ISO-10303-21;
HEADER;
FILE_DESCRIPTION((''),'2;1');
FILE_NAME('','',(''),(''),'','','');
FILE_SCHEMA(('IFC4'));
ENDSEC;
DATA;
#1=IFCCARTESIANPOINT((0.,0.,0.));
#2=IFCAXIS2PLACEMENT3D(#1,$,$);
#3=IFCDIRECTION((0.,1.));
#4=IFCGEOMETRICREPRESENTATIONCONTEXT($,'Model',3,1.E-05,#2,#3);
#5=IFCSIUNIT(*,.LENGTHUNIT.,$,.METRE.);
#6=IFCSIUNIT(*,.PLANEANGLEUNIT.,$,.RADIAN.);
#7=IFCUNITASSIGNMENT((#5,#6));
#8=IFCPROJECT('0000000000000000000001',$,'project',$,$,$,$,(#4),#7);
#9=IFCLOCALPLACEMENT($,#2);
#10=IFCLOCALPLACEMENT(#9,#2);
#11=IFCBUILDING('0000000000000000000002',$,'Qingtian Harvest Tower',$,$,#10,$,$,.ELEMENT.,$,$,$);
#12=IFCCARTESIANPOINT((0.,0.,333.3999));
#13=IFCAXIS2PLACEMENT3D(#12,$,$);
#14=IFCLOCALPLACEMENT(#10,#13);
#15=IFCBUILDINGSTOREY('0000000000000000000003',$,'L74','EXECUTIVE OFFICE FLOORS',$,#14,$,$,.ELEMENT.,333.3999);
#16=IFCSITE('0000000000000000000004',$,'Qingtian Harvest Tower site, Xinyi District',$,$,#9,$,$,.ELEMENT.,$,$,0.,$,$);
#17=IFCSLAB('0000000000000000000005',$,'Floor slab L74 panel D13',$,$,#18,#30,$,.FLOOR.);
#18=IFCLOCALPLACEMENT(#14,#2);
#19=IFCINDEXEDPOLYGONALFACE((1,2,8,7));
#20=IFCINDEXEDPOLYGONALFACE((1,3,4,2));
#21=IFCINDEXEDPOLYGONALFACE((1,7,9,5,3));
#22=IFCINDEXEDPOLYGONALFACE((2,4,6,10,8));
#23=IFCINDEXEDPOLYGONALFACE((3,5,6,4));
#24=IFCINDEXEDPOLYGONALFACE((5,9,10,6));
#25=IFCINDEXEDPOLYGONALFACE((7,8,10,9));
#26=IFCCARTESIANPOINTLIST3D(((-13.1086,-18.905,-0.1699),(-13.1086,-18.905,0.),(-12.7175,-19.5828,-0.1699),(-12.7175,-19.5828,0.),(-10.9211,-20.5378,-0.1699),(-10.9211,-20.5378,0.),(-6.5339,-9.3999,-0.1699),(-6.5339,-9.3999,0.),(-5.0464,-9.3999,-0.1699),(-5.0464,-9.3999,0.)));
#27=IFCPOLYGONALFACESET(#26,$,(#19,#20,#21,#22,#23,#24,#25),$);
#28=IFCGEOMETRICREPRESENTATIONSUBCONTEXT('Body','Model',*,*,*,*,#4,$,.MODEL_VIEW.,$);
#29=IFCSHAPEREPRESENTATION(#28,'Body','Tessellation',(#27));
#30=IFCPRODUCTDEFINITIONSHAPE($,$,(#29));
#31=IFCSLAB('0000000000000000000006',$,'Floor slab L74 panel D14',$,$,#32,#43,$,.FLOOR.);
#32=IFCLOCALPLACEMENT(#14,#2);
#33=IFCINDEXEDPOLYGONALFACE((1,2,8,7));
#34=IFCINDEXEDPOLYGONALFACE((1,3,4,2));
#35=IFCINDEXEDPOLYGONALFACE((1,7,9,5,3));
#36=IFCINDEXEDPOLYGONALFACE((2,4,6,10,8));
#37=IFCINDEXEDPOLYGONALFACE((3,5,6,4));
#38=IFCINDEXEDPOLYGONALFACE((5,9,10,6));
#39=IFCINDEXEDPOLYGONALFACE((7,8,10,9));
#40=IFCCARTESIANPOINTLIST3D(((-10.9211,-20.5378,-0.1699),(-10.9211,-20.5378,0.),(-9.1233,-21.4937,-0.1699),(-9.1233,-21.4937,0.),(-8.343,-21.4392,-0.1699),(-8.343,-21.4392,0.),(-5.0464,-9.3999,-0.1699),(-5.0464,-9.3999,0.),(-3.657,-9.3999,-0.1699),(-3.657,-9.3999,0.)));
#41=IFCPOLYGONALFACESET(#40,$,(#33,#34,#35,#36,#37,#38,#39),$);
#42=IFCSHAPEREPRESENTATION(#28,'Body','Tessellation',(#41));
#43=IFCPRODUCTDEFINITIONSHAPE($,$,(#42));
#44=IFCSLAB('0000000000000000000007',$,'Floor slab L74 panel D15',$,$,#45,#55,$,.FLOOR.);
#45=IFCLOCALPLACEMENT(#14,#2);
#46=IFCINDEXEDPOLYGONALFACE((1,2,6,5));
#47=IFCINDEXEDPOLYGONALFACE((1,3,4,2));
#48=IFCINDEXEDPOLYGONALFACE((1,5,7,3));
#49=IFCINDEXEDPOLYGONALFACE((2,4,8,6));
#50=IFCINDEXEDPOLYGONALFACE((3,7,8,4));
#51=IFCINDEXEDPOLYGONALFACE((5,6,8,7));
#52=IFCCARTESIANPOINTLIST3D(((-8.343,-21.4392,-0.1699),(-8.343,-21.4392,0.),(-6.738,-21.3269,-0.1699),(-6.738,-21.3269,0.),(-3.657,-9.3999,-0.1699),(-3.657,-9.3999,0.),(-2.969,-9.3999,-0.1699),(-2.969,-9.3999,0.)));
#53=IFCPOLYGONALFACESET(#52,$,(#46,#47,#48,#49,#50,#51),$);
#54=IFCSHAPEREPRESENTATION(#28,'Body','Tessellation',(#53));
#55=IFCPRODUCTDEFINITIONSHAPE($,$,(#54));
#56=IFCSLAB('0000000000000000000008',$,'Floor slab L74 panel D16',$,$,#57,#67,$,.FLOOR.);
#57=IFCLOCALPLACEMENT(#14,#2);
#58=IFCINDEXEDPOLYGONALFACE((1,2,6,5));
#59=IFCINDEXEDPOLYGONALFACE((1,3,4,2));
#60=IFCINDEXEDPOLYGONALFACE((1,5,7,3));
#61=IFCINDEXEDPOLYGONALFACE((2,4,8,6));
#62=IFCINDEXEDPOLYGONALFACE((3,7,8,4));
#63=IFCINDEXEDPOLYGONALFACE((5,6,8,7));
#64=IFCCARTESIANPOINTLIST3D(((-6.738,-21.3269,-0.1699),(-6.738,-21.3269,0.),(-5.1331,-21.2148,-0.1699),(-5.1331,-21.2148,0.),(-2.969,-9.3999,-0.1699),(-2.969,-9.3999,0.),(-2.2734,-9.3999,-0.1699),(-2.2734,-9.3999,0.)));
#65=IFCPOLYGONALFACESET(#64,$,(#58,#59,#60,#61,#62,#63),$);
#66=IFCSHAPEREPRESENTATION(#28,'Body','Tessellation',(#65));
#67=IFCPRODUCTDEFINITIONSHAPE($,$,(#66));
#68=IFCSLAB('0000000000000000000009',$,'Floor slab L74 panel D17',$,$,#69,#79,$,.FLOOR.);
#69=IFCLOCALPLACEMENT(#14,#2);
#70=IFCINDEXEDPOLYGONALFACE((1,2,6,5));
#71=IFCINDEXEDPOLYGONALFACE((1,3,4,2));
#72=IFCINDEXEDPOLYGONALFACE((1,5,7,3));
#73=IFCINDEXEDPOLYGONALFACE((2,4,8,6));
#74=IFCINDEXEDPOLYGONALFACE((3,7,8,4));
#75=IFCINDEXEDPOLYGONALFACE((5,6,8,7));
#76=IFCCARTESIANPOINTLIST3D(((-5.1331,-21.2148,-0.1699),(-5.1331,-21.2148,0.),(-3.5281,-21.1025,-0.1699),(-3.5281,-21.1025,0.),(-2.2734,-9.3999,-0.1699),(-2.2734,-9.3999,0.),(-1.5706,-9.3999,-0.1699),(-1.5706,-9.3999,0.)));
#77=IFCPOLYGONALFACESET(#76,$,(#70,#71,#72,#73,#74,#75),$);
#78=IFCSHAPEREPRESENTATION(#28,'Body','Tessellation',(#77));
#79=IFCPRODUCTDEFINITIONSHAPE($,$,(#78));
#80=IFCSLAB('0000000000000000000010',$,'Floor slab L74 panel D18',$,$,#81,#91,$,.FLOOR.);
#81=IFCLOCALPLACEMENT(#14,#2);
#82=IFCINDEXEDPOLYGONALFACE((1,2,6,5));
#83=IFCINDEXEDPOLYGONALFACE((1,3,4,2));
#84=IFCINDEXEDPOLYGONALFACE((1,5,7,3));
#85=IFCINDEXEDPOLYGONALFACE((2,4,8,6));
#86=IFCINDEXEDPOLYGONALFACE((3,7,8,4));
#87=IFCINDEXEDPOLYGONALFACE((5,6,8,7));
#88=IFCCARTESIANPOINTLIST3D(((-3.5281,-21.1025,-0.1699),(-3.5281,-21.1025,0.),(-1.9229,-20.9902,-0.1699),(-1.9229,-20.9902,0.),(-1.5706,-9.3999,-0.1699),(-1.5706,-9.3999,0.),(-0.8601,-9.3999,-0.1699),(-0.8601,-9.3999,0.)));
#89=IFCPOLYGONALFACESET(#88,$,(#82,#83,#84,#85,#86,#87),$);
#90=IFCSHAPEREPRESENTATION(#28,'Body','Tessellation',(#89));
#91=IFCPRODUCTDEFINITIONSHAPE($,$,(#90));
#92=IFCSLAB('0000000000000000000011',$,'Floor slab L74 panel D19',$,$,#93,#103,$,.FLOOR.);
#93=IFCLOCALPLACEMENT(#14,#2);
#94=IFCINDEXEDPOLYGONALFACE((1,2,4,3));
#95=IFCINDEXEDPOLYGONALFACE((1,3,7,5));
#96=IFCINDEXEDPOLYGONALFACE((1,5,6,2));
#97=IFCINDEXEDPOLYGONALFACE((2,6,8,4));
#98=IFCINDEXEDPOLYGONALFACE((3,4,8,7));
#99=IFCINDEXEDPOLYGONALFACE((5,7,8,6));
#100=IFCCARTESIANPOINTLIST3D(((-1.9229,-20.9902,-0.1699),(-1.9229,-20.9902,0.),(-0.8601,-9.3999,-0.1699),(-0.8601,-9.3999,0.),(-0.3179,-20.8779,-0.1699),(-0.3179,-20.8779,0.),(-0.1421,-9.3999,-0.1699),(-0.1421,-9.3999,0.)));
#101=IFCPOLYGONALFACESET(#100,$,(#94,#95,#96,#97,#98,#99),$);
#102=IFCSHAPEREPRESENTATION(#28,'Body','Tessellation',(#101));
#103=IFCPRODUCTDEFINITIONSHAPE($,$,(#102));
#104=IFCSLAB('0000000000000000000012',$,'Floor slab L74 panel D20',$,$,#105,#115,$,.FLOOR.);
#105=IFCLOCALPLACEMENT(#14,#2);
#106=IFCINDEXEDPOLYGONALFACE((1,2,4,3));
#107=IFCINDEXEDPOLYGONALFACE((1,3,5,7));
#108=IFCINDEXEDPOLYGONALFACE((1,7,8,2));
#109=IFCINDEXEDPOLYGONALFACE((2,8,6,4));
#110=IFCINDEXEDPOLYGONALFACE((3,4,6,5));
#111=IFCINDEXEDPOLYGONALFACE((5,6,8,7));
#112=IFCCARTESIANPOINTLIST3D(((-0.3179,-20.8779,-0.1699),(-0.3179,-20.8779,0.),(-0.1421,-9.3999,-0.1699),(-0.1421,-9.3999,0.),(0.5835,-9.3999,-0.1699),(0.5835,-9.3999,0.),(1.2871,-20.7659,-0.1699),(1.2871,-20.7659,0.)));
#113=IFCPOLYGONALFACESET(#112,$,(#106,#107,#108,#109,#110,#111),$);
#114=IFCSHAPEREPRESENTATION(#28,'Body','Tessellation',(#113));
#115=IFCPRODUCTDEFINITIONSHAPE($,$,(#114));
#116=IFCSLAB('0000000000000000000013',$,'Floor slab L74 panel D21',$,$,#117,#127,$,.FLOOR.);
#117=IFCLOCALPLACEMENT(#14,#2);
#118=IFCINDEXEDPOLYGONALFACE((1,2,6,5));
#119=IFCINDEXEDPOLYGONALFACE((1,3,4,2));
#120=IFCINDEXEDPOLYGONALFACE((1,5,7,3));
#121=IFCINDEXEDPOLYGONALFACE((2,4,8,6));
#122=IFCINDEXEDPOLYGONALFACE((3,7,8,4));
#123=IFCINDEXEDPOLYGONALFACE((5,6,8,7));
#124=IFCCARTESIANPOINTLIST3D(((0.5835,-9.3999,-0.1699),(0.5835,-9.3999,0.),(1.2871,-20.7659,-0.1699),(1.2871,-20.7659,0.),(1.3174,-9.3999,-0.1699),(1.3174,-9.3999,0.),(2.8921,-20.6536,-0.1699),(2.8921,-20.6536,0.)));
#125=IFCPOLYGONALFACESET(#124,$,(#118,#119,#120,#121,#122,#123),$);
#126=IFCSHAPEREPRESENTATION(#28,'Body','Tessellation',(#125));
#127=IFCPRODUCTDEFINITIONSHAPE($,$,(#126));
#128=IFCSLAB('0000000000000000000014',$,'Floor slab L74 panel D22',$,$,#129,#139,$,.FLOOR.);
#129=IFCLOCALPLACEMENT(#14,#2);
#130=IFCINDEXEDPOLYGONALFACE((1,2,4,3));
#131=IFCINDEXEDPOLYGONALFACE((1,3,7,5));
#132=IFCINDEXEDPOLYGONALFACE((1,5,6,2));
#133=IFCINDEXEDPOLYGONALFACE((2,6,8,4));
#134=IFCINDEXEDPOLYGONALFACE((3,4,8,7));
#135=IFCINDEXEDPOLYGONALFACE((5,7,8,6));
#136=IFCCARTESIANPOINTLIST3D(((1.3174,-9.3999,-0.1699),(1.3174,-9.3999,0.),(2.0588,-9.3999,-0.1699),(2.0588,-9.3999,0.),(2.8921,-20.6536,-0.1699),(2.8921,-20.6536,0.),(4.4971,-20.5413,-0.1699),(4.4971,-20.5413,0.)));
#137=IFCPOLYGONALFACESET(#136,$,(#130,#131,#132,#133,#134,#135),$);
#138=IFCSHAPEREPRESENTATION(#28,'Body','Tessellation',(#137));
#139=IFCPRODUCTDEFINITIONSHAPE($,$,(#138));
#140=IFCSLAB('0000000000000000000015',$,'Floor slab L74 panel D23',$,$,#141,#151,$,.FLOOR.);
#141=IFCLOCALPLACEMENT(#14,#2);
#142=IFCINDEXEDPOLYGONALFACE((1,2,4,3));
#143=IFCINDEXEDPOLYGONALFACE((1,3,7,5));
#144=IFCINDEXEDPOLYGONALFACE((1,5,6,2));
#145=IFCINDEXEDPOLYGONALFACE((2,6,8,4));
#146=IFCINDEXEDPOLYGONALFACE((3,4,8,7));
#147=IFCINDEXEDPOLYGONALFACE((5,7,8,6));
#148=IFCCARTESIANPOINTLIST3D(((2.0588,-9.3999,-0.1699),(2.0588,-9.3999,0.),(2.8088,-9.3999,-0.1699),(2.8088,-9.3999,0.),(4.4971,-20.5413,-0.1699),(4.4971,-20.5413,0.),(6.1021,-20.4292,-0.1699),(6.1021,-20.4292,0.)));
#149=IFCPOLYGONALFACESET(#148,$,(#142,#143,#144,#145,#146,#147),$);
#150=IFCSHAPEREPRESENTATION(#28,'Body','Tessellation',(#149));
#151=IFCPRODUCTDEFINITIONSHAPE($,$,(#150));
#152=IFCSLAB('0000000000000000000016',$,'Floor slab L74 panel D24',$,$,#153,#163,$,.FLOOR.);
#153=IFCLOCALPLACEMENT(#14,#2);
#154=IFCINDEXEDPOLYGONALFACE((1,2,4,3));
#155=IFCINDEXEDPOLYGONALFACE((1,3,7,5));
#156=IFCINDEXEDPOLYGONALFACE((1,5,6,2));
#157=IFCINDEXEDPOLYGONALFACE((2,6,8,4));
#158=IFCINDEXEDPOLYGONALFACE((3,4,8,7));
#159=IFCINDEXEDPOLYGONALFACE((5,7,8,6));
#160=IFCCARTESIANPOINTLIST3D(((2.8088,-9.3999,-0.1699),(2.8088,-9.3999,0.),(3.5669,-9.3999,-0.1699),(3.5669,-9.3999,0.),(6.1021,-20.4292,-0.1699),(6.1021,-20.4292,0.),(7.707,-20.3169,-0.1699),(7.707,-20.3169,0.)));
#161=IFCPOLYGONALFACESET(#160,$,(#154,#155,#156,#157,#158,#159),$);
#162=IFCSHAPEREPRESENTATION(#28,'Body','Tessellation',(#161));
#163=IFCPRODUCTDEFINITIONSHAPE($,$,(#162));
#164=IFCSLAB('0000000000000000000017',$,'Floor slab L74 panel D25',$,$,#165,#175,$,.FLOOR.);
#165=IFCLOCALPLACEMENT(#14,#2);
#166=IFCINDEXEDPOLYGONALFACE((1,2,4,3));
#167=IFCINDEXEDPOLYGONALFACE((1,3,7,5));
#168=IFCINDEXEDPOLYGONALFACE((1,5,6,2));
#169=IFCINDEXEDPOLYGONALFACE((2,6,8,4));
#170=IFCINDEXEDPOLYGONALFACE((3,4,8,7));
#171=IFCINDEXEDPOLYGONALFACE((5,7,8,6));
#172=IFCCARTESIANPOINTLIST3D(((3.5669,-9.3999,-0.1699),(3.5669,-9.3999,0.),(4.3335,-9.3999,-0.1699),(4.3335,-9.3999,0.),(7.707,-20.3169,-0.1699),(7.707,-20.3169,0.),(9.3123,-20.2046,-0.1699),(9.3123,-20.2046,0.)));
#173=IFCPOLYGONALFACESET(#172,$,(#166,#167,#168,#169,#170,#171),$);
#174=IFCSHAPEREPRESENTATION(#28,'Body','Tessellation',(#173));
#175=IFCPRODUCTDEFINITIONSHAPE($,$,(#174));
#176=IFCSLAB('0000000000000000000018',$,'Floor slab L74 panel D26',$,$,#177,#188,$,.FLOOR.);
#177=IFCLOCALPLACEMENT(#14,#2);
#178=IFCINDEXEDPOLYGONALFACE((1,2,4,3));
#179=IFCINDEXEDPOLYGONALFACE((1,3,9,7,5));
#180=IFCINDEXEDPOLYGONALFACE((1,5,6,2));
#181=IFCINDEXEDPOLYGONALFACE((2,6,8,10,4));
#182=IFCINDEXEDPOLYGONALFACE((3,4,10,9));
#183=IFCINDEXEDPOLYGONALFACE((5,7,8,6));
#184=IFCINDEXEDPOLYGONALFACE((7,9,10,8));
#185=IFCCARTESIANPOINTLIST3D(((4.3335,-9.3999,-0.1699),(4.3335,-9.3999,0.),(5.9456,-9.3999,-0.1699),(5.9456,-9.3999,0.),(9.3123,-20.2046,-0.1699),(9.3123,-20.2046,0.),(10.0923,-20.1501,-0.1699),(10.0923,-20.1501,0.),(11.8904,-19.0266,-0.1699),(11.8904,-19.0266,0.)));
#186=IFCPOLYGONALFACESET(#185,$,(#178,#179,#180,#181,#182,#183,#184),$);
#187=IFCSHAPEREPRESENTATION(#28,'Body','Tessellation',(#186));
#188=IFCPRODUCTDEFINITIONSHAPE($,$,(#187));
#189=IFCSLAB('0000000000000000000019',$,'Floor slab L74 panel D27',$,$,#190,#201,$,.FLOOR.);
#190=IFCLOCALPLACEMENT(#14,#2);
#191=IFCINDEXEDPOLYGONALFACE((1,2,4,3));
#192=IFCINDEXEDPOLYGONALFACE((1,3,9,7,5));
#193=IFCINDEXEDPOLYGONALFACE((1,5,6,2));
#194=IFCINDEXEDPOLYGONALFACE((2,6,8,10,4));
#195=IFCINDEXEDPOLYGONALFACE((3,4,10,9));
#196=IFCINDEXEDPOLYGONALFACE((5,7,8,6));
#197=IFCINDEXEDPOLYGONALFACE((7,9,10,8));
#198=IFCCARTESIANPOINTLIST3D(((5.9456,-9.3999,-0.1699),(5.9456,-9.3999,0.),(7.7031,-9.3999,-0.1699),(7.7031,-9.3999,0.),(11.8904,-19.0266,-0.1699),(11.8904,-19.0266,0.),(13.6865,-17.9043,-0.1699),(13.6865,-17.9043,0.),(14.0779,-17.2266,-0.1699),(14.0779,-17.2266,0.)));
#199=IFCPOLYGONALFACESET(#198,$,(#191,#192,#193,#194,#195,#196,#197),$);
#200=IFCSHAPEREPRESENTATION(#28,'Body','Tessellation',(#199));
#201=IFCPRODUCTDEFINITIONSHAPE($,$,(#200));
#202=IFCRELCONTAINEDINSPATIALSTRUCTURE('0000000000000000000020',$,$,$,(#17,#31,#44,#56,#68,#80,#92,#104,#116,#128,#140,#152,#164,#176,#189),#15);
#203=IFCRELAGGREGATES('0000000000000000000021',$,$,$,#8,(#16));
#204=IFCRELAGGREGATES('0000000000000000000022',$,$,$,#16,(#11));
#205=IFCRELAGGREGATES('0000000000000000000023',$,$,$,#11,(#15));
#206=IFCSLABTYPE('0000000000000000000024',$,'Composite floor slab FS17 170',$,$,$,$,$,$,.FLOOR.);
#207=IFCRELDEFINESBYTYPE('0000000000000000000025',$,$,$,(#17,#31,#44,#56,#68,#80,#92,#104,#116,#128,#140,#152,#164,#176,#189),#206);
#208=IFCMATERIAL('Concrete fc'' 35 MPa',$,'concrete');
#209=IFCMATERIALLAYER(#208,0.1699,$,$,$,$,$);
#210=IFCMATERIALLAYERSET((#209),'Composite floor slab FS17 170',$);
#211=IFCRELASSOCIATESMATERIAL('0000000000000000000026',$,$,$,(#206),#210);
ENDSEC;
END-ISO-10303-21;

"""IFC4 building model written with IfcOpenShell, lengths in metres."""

from ifc_helpers import new_model, si_unit, direction, frame, origin, place, context, subcontext, project, spatial, polyline, outline, extrude, material, layer, layer_set, type_object, element, save


model = new_model("IFC4")

# Units and contexts
model_context = context("Model", 3, precision=1e-05, world=origin(), true_north=direction((0.0, 1.0)))
body_context = subcontext(model_context, "Body", "Model", "MODEL_VIEW")
ifc_project = project(units=[si_unit("LENGTHUNIT", "METRE"), si_unit("PLANEANGLEUNIT", "RADIAN")], contexts=[model_context])

# Site, building, storey
site_placement = place(None, origin())
site = spatial("IfcSite", under=ifc_project, at=site_placement, Name="Qingtian Harvest Tower site, Xinyi District", CompositionType="ELEMENT", RefElevation=0.0)
building_placement = place(site_placement, origin())
building = spatial("IfcBuilding", under=site, at=building_placement, Name="Qingtian Harvest Tower", CompositionType="ELEMENT")
storey_placement = place(building_placement, frame((0.0, 0.0, 333.3999)))
storey = spatial("IfcBuildingStorey", under=building, at=storey_placement, Name="L74", Description="EXECUTIVE OFFICE FLOORS", CompositionType="ELEMENT", Elevation=333.3999)

# Slabs
ifc_material_1 = material(Name="Concrete fc' 35 MPa", Category="concrete")
ifc_layer_1 = layer(ifc_material_1, 0.1699)
ifc_layer_set_1 = layer_set([ifc_layer_1], Name="Composite floor slab FS17 170")
slab_type = type_object("IfcSlabType", Name="Composite floor slab FS17 170", PredefinedType="FLOOR", material=ifc_layer_set_1)
slab_1_placement = place(storey_placement, frame((0.0, 0.0, -0.1699)))
element("IfcSlab", 1, at=slab_1_placement, inside=storey, type_object=slab_type, Name="Floor slab L74 panel D13", PredefinedType="FLOOR", context=body_context, shape_type="SweptSolid", body=[
    extrude(outline(polyline([(-6.5339, -9.3999), (-5.0464, -9.3999), (-10.9211, -20.5378), (-12.7175, -19.5828), (-13.1086, -18.905), (-6.5339, -9.3999)])), origin(), (0.0, 0.0, 1.0), 0.1699),
])
slab_2_placement = place(storey_placement, frame((0.0, 0.0, -0.1699)))
element("IfcSlab", 2, at=slab_2_placement, inside=storey, type_object=slab_type, Name="Floor slab L74 panel D14", PredefinedType="FLOOR", context=body_context, shape_type="SweptSolid", body=[
    extrude(outline(polyline([(-5.0464, -9.3999), (-3.657, -9.3999), (-8.343, -21.4392), (-9.1233, -21.4937), (-10.9211, -20.5378), (-5.0464, -9.3999)])), origin(), (0.0, 0.0, 1.0), 0.1699),
])
slab_3_placement = place(storey_placement, frame((0.0, 0.0, -0.1699)))
element("IfcSlab", 3, at=slab_3_placement, inside=storey, type_object=slab_type, Name="Floor slab L74 panel D15", PredefinedType="FLOOR", context=body_context, shape_type="SweptSolid", body=[
    extrude(outline(polyline([(-2.969, -9.3999), (-6.738, -21.3269), (-8.343, -21.4392), (-3.657, -9.3999), (-2.969, -9.3999)])), origin(), (0.0, 0.0, 1.0), 0.1699),
])
slab_4_placement = place(storey_placement, frame((0.0, 0.0, -0.1699)))
element("IfcSlab", 4, at=slab_4_placement, inside=storey, type_object=slab_type, Name="Floor slab L74 panel D16", PredefinedType="FLOOR", context=body_context, shape_type="SweptSolid", body=[
    extrude(outline(polyline([(-2.2734, -9.3999), (-5.1331, -21.2148), (-6.738, -21.3269), (-2.969, -9.3999), (-2.2734, -9.3999)])), origin(), (0.0, 0.0, 1.0), 0.1699),
])
slab_5_placement = place(storey_placement, frame((0.0, 0.0, -0.1699)))
element("IfcSlab", 5, at=slab_5_placement, inside=storey, type_object=slab_type, Name="Floor slab L74 panel D17", PredefinedType="FLOOR", context=body_context, shape_type="SweptSolid", body=[
    extrude(outline(polyline([(-1.5706, -9.3999), (-3.5281, -21.1025), (-5.1331, -21.2148), (-2.2734, -9.3999), (-1.5706, -9.3999)])), origin(), (0.0, 0.0, 1.0), 0.1699),
])
slab_6_placement = place(storey_placement, frame((0.0, 0.0, -0.1699)))
element("IfcSlab", 6, at=slab_6_placement, inside=storey, type_object=slab_type, Name="Floor slab L74 panel D18", PredefinedType="FLOOR", context=body_context, shape_type="SweptSolid", body=[
    extrude(outline(polyline([(-0.8601, -9.3999), (-1.9229, -20.9902), (-3.5281, -21.1025), (-1.5706, -9.3999), (-0.8601, -9.3999)])), origin(), (0.0, 0.0, 1.0), 0.1699),
])
slab_7_placement = place(storey_placement, frame((0.0, 0.0, -0.1699)))
element("IfcSlab", 7, at=slab_7_placement, inside=storey, type_object=slab_type, Name="Floor slab L74 panel D19", PredefinedType="FLOOR", context=body_context, shape_type="SweptSolid", body=[
    extrude(outline(polyline([(-0.1421, -9.3999), (-0.3179, -20.8779), (-1.9229, -20.9902), (-0.8601, -9.3999), (-0.1421, -9.3999)])), origin(), (0.0, 0.0, 1.0), 0.1699),
])
slab_8_placement = place(storey_placement, frame((0.0, 0.0, -0.1699)))
element("IfcSlab", 8, at=slab_8_placement, inside=storey, type_object=slab_type, Name="Floor slab L74 panel D20", PredefinedType="FLOOR", context=body_context, shape_type="SweptSolid", body=[
    extrude(outline(polyline([(0.5835, -9.3999), (1.2871, -20.7659), (-0.3179, -20.8779), (-0.1421, -9.3999), (0.5835, -9.3999)])), origin(), (0.0, 0.0, 1.0), 0.1699),
])
slab_9_placement = place(storey_placement, frame((0.0, 0.0, -0.1699)))
element("IfcSlab", 9, at=slab_9_placement, inside=storey, type_object=slab_type, Name="Floor slab L74 panel D21", PredefinedType="FLOOR", context=body_context, shape_type="SweptSolid", body=[
    extrude(outline(polyline([(1.3174, -9.3999), (2.8921, -20.6536), (1.2871, -20.7659), (0.5835, -9.3999), (1.3174, -9.3999)])), origin(), (0.0, 0.0, 1.0), 0.1699),
])
slab_10_placement = place(storey_placement, frame((0.0, 0.0, -0.1699)))
element("IfcSlab", 10, at=slab_10_placement, inside=storey, type_object=slab_type, Name="Floor slab L74 panel D22", PredefinedType="FLOOR", context=body_context, shape_type="SweptSolid", body=[
    extrude(outline(polyline([(2.0588, -9.3999), (4.4971, -20.5413), (2.8921, -20.6536), (1.3174, -9.3999), (2.0588, -9.3999)])), origin(), (0.0, 0.0, 1.0), 0.1699),
])
slab_11_placement = place(storey_placement, frame((0.0, 0.0, -0.1699)))
element("IfcSlab", 11, at=slab_11_placement, inside=storey, type_object=slab_type, Name="Floor slab L74 panel D23", PredefinedType="FLOOR", context=body_context, shape_type="SweptSolid", body=[
    extrude(outline(polyline([(2.8088, -9.3999), (6.1021, -20.4292), (4.4971, -20.5413), (2.0588, -9.3999), (2.8088, -9.3999)])), origin(), (0.0, 0.0, 1.0), 0.1699),
])
slab_12_placement = place(storey_placement, frame((0.0, 0.0, -0.1699)))
element("IfcSlab", 12, at=slab_12_placement, inside=storey, type_object=slab_type, Name="Floor slab L74 panel D24", PredefinedType="FLOOR", context=body_context, shape_type="SweptSolid", body=[
    extrude(outline(polyline([(3.5669, -9.3999), (7.707, -20.3169), (6.1021, -20.4292), (2.8088, -9.3999), (3.5669, -9.3999)])), origin(), (0.0, 0.0, 1.0), 0.1699),
])
slab_13_placement = place(storey_placement, frame((0.0, 0.0, -0.1699)))
element("IfcSlab", 13, at=slab_13_placement, inside=storey, type_object=slab_type, Name="Floor slab L74 panel D25", PredefinedType="FLOOR", context=body_context, shape_type="SweptSolid", body=[
    extrude(outline(polyline([(4.3335, -9.3999), (9.3123, -20.2046), (7.707, -20.3169), (3.5669, -9.3999), (4.3335, -9.3999)])), origin(), (0.0, 0.0, 1.0), 0.1699),
])
slab_14_placement = place(storey_placement, frame((0.0, 0.0, -0.1699)))
element("IfcSlab", 14, at=slab_14_placement, inside=storey, type_object=slab_type, Name="Floor slab L74 panel D26", PredefinedType="FLOOR", context=body_context, shape_type="SweptSolid", body=[
    extrude(outline(polyline([(4.3335, -9.3999), (5.9456, -9.3999), (11.8904, -19.0266), (10.0923, -20.1501), (9.3123, -20.2046), (4.3335, -9.3999)])), origin(), (0.0, 0.0, 1.0), 0.1699),
])
slab_15_placement = place(storey_placement, frame((0.0, 0.0, -0.1699)))
element("IfcSlab", 15, at=slab_15_placement, inside=storey, type_object=slab_type, Name="Floor slab L74 panel D27", PredefinedType="FLOOR", context=body_context, shape_type="SweptSolid", body=[
    extrude(outline(polyline([(5.9456, -9.3999), (7.7031, -9.3999), (14.0779, -17.2266), (13.6865, -17.9043), (11.8904, -19.0266), (5.9456, -9.3999)])), origin(), (0.0, 0.0, 1.0), 0.1699),
])

save(model, "model.ifc")
